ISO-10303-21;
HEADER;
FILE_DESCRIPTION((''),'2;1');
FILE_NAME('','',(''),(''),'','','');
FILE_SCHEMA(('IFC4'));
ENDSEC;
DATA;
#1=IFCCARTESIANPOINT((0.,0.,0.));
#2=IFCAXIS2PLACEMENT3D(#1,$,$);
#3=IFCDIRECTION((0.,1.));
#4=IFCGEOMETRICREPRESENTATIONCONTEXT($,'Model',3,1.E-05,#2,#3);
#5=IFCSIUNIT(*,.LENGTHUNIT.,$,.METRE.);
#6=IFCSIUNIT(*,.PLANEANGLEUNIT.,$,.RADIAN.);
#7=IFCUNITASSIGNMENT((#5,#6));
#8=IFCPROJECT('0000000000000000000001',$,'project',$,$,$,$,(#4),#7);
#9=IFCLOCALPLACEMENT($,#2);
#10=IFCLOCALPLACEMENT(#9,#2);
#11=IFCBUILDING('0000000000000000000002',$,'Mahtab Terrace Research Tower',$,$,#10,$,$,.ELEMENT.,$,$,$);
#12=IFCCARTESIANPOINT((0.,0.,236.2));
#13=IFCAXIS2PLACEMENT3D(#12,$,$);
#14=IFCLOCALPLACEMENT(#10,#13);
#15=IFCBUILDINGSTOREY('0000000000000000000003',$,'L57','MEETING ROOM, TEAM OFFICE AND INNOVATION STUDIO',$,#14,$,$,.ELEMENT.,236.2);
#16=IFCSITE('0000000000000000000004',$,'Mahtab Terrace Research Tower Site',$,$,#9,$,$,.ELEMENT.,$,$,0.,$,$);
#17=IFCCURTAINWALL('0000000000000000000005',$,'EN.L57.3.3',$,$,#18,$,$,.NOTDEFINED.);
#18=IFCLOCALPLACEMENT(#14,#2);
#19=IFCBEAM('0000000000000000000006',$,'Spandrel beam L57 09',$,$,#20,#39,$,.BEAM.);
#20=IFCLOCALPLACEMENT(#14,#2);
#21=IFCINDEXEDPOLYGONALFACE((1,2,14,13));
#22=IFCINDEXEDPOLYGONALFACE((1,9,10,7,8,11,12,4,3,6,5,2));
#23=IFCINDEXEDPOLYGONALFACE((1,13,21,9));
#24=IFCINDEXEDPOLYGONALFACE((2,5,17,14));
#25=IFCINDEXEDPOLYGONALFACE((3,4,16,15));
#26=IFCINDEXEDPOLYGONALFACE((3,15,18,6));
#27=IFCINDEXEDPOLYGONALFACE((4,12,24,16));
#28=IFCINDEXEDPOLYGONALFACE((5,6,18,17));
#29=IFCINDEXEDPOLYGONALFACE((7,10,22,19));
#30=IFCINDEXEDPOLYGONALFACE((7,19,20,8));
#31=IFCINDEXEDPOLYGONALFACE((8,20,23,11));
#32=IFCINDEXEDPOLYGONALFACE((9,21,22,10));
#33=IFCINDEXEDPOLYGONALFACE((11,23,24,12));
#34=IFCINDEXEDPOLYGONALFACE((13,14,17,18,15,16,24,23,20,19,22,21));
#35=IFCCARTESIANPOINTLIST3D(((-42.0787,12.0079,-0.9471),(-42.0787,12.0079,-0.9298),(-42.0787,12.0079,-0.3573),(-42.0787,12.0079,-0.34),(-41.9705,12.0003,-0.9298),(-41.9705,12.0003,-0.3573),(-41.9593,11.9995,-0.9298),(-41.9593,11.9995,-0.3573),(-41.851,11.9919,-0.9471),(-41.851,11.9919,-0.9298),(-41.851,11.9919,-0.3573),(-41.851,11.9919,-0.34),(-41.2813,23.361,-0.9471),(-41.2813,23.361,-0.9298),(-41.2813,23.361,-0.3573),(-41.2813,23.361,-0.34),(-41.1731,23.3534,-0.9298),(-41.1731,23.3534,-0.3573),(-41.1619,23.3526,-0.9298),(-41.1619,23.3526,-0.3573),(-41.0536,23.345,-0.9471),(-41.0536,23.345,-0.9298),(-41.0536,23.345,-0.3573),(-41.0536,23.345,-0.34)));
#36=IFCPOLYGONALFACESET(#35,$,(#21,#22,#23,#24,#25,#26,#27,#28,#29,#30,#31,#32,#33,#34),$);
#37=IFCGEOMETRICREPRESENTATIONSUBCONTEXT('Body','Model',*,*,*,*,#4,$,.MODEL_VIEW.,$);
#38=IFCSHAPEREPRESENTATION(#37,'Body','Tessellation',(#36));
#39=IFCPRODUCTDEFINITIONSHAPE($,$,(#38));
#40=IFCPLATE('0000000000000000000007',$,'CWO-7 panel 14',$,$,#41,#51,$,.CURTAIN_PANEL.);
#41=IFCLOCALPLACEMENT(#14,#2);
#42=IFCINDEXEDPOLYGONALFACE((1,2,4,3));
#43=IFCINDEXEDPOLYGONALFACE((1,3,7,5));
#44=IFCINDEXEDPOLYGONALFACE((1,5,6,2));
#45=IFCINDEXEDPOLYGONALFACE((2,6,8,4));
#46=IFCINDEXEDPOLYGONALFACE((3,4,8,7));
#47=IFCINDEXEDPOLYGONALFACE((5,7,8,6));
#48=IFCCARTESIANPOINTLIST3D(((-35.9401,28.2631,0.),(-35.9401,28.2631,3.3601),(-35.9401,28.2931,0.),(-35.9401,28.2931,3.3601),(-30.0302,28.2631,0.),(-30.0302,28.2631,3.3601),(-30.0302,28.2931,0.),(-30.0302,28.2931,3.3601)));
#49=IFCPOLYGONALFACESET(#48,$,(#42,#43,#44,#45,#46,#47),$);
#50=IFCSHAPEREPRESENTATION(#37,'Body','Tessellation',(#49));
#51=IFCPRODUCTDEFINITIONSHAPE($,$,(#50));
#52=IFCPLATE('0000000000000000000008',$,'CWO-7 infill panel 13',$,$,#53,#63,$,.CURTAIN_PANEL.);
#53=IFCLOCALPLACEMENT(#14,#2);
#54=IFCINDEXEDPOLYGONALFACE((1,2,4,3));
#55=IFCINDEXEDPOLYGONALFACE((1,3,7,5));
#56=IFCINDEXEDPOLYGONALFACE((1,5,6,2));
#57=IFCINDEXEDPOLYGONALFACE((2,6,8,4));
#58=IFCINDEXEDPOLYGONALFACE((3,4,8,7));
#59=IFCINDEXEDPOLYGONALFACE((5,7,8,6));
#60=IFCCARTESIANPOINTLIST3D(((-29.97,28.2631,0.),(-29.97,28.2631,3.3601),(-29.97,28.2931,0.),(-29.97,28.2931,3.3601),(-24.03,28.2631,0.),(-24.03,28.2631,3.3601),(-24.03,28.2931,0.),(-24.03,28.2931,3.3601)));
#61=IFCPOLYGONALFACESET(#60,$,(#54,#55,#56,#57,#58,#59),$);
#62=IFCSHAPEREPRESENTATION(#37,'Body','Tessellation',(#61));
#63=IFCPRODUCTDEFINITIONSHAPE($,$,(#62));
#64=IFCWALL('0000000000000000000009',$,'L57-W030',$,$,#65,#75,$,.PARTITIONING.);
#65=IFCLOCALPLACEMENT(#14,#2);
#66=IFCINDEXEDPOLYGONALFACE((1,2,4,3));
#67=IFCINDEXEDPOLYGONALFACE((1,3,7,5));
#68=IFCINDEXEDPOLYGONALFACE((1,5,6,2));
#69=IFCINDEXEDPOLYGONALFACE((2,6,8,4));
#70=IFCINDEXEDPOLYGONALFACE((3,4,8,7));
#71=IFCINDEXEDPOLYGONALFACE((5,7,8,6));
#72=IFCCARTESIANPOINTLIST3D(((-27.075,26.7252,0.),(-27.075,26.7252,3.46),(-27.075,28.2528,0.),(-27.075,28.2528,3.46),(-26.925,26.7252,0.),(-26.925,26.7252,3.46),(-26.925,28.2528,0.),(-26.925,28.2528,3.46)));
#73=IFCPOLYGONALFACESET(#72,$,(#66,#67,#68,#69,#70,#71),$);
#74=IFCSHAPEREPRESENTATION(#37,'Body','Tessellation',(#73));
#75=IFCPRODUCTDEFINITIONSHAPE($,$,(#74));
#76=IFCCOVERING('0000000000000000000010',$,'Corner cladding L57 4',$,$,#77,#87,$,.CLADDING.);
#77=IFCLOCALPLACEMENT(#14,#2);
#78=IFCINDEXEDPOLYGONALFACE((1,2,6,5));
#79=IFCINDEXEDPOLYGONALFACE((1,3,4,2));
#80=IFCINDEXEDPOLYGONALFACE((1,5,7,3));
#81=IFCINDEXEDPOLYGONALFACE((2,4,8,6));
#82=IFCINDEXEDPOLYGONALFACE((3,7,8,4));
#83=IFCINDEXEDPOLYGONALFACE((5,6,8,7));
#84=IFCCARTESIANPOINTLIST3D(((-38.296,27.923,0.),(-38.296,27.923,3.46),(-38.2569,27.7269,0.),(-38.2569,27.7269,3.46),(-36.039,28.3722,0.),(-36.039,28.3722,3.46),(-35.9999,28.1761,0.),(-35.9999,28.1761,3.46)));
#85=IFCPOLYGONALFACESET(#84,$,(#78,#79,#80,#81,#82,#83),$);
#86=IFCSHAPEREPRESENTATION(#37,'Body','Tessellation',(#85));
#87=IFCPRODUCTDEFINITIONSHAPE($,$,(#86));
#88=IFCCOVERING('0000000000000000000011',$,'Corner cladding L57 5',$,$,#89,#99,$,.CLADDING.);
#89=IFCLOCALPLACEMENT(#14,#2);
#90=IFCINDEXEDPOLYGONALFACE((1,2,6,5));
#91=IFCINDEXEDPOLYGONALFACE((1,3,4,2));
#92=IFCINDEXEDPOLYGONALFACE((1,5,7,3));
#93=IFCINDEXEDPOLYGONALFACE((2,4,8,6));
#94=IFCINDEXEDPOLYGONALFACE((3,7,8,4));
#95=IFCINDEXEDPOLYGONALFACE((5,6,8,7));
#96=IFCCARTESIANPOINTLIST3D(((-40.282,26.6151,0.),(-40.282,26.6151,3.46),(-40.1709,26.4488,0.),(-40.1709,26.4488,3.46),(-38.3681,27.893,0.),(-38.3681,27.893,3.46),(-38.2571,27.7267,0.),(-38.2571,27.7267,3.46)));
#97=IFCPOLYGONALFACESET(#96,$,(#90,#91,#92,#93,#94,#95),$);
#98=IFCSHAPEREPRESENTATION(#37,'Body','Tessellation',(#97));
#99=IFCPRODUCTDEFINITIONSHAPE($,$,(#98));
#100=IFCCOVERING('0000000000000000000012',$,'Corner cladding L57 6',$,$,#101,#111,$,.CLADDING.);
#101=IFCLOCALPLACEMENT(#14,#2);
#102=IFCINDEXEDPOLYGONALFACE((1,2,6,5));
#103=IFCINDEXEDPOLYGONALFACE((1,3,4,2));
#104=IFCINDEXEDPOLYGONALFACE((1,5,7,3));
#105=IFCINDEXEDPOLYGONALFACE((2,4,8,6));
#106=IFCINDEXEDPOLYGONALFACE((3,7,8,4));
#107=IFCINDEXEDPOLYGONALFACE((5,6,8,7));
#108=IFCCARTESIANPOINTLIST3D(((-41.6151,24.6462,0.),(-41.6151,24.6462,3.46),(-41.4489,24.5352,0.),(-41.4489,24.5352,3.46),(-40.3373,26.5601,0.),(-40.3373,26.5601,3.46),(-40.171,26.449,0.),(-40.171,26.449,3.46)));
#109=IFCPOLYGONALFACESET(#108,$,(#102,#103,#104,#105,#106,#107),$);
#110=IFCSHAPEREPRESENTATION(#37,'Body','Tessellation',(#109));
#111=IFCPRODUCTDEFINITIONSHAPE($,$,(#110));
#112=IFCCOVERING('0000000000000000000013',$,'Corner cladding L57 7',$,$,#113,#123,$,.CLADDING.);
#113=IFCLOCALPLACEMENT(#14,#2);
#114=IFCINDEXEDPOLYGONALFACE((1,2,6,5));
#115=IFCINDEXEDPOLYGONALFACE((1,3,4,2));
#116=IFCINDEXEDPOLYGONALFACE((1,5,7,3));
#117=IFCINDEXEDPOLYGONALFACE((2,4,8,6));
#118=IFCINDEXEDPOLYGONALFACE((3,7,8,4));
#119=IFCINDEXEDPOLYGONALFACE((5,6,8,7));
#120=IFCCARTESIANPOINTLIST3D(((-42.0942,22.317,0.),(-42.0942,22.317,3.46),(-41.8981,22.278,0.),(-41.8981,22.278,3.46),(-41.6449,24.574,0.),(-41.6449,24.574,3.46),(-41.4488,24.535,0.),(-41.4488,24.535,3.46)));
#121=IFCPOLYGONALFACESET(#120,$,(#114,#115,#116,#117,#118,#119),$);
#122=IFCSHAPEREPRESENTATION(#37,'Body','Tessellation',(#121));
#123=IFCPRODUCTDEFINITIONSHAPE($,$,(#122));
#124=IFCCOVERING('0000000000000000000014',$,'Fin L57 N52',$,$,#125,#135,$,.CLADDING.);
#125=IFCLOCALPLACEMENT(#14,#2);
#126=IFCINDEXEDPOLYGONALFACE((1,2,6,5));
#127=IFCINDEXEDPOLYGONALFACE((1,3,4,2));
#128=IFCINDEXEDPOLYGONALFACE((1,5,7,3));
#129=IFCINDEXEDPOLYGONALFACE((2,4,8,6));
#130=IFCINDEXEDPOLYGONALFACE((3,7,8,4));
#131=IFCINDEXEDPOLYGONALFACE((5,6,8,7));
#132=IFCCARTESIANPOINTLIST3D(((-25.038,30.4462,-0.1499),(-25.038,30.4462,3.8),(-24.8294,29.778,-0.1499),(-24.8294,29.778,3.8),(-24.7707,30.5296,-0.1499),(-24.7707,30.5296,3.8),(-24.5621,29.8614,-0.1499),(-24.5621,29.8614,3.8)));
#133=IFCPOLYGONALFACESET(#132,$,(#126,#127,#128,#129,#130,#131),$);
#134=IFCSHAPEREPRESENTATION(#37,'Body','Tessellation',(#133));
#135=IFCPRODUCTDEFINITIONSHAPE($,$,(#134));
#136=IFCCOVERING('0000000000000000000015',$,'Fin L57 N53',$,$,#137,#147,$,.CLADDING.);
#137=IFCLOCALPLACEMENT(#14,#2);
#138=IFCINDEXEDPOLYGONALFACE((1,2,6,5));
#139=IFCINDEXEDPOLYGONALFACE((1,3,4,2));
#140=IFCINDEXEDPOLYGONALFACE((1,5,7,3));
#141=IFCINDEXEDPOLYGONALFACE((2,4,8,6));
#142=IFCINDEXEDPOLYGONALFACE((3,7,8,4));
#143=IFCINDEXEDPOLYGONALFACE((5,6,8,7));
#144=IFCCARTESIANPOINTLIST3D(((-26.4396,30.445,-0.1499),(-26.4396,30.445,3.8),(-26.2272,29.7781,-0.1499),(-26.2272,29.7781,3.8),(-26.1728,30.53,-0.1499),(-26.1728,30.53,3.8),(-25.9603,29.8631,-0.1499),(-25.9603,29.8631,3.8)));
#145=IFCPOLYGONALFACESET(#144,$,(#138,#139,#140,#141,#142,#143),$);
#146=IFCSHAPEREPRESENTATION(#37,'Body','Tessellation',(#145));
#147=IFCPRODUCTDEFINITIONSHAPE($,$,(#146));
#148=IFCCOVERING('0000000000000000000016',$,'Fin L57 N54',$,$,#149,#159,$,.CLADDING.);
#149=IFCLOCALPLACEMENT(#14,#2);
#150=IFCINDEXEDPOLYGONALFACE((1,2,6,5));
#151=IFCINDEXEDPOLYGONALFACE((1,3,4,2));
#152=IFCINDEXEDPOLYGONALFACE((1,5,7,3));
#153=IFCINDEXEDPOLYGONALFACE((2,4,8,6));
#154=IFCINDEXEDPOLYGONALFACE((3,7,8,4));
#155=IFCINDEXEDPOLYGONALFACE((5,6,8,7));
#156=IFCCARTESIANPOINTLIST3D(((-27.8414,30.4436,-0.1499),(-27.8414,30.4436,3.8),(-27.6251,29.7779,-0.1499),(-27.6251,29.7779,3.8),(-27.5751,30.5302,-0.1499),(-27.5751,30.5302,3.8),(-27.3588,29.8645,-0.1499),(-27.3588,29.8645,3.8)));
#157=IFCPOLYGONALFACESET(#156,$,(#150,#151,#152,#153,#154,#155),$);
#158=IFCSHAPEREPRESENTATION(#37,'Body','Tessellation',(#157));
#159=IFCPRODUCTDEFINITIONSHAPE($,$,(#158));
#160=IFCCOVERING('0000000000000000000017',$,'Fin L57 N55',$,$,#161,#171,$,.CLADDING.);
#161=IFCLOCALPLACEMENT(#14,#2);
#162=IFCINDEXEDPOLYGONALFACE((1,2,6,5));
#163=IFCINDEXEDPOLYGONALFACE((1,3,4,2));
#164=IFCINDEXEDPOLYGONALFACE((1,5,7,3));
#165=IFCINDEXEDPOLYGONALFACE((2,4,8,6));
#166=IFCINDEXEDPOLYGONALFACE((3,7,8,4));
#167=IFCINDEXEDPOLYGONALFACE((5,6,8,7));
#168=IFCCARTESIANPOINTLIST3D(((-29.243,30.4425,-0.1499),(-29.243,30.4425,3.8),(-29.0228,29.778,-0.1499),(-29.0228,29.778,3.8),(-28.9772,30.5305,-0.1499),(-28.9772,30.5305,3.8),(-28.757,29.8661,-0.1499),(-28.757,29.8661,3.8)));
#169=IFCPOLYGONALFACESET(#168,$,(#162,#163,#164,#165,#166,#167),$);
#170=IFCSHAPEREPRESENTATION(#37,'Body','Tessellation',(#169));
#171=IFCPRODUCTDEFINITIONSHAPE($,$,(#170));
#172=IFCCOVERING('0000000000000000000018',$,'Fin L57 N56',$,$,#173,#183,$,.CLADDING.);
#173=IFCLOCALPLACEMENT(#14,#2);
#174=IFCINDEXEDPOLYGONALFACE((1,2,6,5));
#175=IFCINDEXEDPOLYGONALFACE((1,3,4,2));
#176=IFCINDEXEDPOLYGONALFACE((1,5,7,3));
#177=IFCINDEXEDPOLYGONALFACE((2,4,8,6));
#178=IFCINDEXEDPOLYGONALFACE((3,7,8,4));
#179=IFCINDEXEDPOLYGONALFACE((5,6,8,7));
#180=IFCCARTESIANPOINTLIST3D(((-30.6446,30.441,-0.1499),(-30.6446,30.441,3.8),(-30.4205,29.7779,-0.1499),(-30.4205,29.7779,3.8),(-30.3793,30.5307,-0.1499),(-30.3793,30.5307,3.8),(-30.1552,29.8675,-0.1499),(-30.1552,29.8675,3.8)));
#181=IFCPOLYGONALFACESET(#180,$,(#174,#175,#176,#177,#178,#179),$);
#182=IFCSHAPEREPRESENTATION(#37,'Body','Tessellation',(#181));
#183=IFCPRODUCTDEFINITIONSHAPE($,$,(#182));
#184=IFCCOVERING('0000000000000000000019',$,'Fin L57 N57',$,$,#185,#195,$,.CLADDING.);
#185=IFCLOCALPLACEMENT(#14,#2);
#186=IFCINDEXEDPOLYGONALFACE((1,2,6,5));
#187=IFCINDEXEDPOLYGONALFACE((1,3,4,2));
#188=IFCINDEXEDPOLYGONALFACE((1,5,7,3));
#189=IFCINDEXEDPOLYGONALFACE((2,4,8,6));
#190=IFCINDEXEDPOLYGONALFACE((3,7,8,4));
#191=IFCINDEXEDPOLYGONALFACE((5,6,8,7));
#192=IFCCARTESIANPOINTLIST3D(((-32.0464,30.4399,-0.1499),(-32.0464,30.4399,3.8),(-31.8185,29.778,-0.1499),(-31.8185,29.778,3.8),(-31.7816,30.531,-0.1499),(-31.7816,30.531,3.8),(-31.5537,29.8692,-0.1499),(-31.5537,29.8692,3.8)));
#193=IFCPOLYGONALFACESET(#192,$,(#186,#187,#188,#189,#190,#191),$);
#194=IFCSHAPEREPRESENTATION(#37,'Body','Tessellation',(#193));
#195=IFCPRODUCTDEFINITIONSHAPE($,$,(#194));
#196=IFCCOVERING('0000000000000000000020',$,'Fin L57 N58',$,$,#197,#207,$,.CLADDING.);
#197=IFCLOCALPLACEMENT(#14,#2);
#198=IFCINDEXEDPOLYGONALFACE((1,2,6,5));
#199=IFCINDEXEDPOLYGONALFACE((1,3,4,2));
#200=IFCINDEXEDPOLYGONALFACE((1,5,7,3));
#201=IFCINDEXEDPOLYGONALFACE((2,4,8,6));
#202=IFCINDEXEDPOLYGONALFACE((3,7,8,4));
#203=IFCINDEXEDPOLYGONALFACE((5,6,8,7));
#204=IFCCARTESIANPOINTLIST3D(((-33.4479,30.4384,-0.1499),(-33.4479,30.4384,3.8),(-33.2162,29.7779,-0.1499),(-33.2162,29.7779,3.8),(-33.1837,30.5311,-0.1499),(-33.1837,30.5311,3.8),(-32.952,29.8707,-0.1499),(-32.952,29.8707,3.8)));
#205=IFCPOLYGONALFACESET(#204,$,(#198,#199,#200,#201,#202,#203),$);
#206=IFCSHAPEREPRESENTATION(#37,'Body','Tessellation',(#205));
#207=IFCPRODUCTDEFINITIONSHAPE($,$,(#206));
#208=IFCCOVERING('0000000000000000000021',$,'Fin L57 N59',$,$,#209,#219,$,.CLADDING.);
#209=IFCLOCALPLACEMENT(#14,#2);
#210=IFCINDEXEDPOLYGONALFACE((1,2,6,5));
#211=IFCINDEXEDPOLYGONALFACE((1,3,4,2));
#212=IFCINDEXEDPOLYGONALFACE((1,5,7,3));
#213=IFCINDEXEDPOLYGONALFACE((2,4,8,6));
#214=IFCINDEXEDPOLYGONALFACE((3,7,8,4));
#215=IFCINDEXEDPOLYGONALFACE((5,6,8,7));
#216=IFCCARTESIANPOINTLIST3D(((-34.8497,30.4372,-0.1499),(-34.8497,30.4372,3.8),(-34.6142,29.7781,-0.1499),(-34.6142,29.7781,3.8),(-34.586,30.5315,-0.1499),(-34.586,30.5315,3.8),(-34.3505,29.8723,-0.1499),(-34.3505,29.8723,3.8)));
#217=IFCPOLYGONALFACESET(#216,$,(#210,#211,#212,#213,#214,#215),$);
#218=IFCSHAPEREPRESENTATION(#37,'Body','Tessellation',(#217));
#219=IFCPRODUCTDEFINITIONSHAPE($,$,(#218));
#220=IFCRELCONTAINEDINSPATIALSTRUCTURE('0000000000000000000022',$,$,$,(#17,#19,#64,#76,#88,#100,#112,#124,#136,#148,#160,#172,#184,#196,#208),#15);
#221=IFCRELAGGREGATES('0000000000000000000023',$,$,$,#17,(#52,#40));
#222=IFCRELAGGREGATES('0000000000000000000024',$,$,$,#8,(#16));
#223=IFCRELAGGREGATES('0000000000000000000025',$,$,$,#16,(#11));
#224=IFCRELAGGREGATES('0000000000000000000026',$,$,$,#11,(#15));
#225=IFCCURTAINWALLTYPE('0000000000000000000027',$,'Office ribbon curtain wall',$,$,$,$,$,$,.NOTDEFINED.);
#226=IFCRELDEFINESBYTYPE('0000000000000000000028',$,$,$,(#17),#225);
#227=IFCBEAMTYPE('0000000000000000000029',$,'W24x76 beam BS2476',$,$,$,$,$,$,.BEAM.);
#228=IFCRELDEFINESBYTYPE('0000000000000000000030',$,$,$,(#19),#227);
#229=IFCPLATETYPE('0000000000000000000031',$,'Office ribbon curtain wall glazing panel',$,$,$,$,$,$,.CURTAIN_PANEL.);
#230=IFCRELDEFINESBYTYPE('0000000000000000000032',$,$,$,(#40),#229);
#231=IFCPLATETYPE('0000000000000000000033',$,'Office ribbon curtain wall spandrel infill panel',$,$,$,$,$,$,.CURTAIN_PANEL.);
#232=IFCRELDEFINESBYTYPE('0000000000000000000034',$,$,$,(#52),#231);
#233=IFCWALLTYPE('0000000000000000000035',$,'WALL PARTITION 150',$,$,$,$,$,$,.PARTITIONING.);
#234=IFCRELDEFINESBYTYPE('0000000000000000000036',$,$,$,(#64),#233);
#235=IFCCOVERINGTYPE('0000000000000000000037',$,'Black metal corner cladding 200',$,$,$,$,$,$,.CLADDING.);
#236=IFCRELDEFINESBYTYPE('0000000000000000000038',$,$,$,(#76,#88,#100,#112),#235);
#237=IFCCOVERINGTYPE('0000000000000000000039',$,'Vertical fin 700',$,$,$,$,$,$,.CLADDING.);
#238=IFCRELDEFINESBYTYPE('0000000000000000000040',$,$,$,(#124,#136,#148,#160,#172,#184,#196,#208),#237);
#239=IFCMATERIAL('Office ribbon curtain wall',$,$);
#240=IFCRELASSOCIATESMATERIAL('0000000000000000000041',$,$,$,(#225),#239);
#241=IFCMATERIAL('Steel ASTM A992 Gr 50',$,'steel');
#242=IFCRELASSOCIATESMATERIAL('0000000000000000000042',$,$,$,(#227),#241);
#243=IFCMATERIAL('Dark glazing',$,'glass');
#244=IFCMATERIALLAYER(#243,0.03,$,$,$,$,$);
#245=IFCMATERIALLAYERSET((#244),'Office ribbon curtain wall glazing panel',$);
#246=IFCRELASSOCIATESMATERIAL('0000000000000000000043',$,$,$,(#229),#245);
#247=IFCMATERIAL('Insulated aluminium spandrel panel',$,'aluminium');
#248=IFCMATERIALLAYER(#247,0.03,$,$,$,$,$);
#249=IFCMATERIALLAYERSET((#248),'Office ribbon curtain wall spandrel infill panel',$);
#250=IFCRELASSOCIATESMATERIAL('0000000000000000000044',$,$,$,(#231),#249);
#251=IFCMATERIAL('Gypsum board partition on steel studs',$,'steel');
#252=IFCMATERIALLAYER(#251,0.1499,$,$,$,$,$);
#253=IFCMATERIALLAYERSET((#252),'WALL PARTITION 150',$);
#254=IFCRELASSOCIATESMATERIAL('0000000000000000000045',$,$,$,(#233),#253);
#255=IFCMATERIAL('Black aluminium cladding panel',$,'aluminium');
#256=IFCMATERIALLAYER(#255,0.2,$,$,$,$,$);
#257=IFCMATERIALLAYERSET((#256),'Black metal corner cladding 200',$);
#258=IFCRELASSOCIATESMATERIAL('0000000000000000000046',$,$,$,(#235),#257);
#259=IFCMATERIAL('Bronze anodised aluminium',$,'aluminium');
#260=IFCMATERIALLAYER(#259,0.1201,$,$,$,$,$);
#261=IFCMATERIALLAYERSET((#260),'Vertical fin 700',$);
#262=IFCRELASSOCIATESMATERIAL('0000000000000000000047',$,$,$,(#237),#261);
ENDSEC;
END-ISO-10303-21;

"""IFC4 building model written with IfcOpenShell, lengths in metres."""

from ifc_helpers import new_model, si_unit, direction, frame, frame_2d, origin, origin_2d, place, context, subcontext, project, spatial, rectangle, i_section, extrude, material, layer, layer_set, material_profile, profile_set, type_object, element, aggregate, save


model = new_model("IFC4")

# Units and contexts
model_context = context("Model", 3, precision=1e-05, world=origin(), true_north=direction((0.0, 1.0)))
body_context = subcontext(model_context, "Body", "Model", "MODEL_VIEW")
ifc_project = project(units=[si_unit("LENGTHUNIT", "METRE"), si_unit("PLANEANGLEUNIT", "RADIAN")], contexts=[model_context])

# Site, building, storey
site_placement = place(None, origin())
site = spatial("IfcSite", under=ifc_project, at=site_placement, Name="Mahtab Terrace Research Tower Site", CompositionType="ELEMENT", RefElevation=0.0)
building_placement = place(site_placement, origin())
building = spatial("IfcBuilding", under=site, at=building_placement, Name="Mahtab Terrace Research Tower", CompositionType="ELEMENT")
storey_placement = place(building_placement, frame((0.0, 0.0, 236.2)))
storey = spatial("IfcBuildingStorey", under=building, at=storey_placement, Name="L57", Description="MEETING ROOM, TEAM OFFICE AND INNOVATION STUDIO", CompositionType="ELEMENT", Elevation=236.2)

# Shared definitions
ifc_material_1 = material(Name="Steel ASTM A992 Gr 50", Category="steel")

# Curtain wall
ifc_material_2 = material(Name="Office ribbon curtain wall")
curtain_wall_type = type_object("IfcCurtainWallType", Name="Office ribbon curtain wall", PredefinedType="NOTDEFINED", material=ifc_material_2)
curtain_wall_1_placement = place(storey_placement, origin())
curtain_wall_1 = element("IfcCurtainWall", 1, at=curtain_wall_1_placement, inside=storey, type_object=curtain_wall_type, Name="EN.L57.3.3", PredefinedType="NOTDEFINED")

# Beam
ifc_material_profile_1 = material_profile(ifc_material_1, i_section(OverallWidth=0.2283, OverallDepth=0.6072, WebThickness=0.0112, FlangeThickness=0.0173, at=origin_2d()), Name="W24X76")
ifc_profile_set_1 = profile_set([ifc_material_profile_1], Name="Steel ASTM A992 Gr 50")
beam_type = type_object("IfcBeamType", Name="W24x76 beam BS2476", PredefinedType="BEAM", material=ifc_profile_set_1)
beam_1_placement = place(storey_placement, frame((-41.1675, 23.353, -0.6436), z_axis=(-0.070061, -0.997543, 0.0), x_axis=(0.997543, -0.070061, 0.0)))
element("IfcBeam", 2, at=beam_1_placement, inside=storey, type_object=beam_type, Name="Spandrel beam L57 09", PredefinedType="BEAM", context=body_context, shape_type="SweptSolid", body=[
    extrude(i_section(OverallWidth=0.2283, OverallDepth=0.6072, WebThickness=0.0112, FlangeThickness=0.0173, at=origin_2d()), origin(), (0.0, 0.0, 1.0), 11.3811),
])

# Plates
ifc_material_3 = material(Name="Dark glazing", Category="glass")
ifc_layer_1 = layer(ifc_material_3, 0.03)
ifc_layer_set_1 = layer_set([ifc_layer_1], Name="Office ribbon curtain wall glazing panel")
plate_type_1 = type_object("IfcPlateType", Name="Office ribbon curtain wall glazing panel", PredefinedType="CURTAIN_PANEL", material=ifc_layer_set_1)
plate_1_placement = place(storey_placement, frame((-32.9851, 28.2781, 0.0), z_axis=(0.0, 0.0, 1.0), x_axis=(-1.0, 0.0, 0.0)))
plate_1 = element("IfcPlate", 3, at=plate_1_placement, type_object=plate_type_1, Name="CWO-7 panel 14", PredefinedType="CURTAIN_PANEL", context=body_context, shape_type="SweptSolid", body=[
    extrude(rectangle(XDim=5.9099, YDim=0.03, at=origin_2d()), origin(), (0.0, 0.0, 1.0), 3.3601),
])
ifc_material_4 = material(Name="Insulated aluminium spandrel panel", Category="aluminium")
ifc_layer_2 = layer(ifc_material_4, 0.03)
ifc_layer_set_2 = layer_set([ifc_layer_2], Name="Office ribbon curtain wall spandrel infill panel")
plate_type_2 = type_object("IfcPlateType", Name="Office ribbon curtain wall spandrel infill panel", PredefinedType="CURTAIN_PANEL", material=ifc_layer_set_2)
plate_2_placement = place(storey_placement, frame((-27.0, 28.2781, 0.0), z_axis=(0.0, 0.0, 1.0), x_axis=(-1.0, 0.0, 0.0)))
plate_2 = element("IfcPlate", 4, at=plate_2_placement, type_object=plate_type_2, Name="CWO-7 infill panel 13", PredefinedType="CURTAIN_PANEL", context=body_context, shape_type="SweptSolid", body=[
    extrude(rectangle(XDim=5.9399, YDim=0.03, at=origin_2d()), origin(), (0.0, 0.0, 1.0), 3.3601),
])
aggregate(curtain_wall_1, [plate_2, plate_1])

# Wall
ifc_material_5 = material(Name="Gypsum board partition on steel studs", Category="steel")
ifc_layer_3 = layer(ifc_material_5, 0.1499)
ifc_layer_set_3 = layer_set([ifc_layer_3], Name="WALL PARTITION 150")
wall_type = type_object("IfcWallType", Name="WALL PARTITION 150", PredefinedType="PARTITIONING", material=ifc_layer_set_3)
wall_placement = place(storey_placement, frame((-27.0, 26.7253, 0.0), z_axis=(0.0, 0.0, 1.0), x_axis=(0.0, 1.0, 0.0)))
element("IfcWall", 5, at=wall_placement, inside=storey, type_object=wall_type, Name="L57-W030", PredefinedType="PARTITIONING", context=body_context, shape_type="SweptSolid", body=[
    extrude(rectangle(XDim=1.5276, YDim=0.1499, at=frame_2d((0.7637, 0.0))), origin(), (0.0, 0.0, 1.0), 3.46),
])

# Coverings
ifc_material_6 = material(Name="Black aluminium cladding panel", Category="aluminium")
ifc_layer_4 = layer(ifc_material_6, 0.2)
ifc_layer_set_4 = layer_set([ifc_layer_4], Name="Black metal corner cladding 200")
covering_type_1 = type_object("IfcCoveringType", Name="Black metal corner cladding 200", PredefinedType="CLADDING", material=ifc_layer_set_4)
for number, where, z_axis, x_axis, name in (
    (6, (-37.1479, 28.0496, 0.0), (0.0, 0.0, 1.0), (-0.980761, -0.195212, 0.0), "Corner cladding L57 4"),
    (7, (-39.2695, 27.1709, 0.0), (0.0, 0.0, 1.0), (-0.831656, -0.555291, 0.0), "Corner cladding L57 5"),
    (8, (-40.8931, 25.5476, 0.0), (0.0, 0.0, 1.0), (-0.555291, -0.831656, 0.0), "Corner cladding L57 6"),
    (9, (-41.7715, 23.426, 0.0), (0.0, 0.0, 1.0), (-0.195212, -0.980761, 0.0), "Corner cladding L57 7"),
):
    element("IfcCovering", number, at=place(storey_placement, frame(where, z_axis=z_axis, x_axis=x_axis)), inside=storey, type_object=covering_type_1, Name=name, PredefinedType="CLADDING", context=body_context, shape_type="SweptSolid", body=[
        extrude(rectangle(XDim=2.3013, YDim=0.2, at=origin_2d()), origin(), (0.0, 0.0, 1.0), 3.46),
    ])
ifc_material_7 = material(Name="Bronze anodised aluminium", Category="aluminium")
ifc_layer_5 = layer(ifc_material_7, 0.1201)
ifc_layer_set_5 = layer_set([ifc_layer_5], Name="Vertical fin 700")
covering_type_2 = type_object("IfcCoveringType", Name="Vertical fin 700", PredefinedType="CLADDING", material=ifc_layer_set_5)
for number, where, z_axis, x_axis, name in (
    (10, (-24.8, 30.1538, -0.1499), (0.0, 0.0, 1.0), (-0.954588, -0.29793, 0.0), "Fin L57 N52"),
    (11, (-26.2, 30.1541, -0.1499), (0.0, 0.0, 1.0), (-0.952838, -0.303479, 0.0), "Fin L57 N53"),
    (12, (-27.6001, 30.1541, -0.1499), (0.0, 0.0, 1.0), (-0.951057, -0.309017, 0.0), "Fin L57 N54"),
    (13, (-29.0, 30.1543, -0.1499), (0.0, 0.0, 1.0), (-0.949243, -0.314545, 0.0), "Fin L57 N55"),
    (14, (-30.3999, 30.1543, -0.1499), (0.0, 0.0, 1.0), (-0.947397, -0.320062, 0.0), "Fin L57 N56"),
    (15, (-31.8, 30.1545, -0.1499), (0.0, 0.0, 1.0), (-0.945519, -0.325568, 0.0), "Fin L57 N57"),
    (16, (-33.2, 30.1545, -0.1499), (0.0, 0.0, 1.0), (-0.943609, -0.331063, 0.0), "Fin L57 N58"),
    (17, (-34.6001, 30.1548, -0.1499), (0.0, 0.0, 1.0), (-0.941666, -0.336547, 0.0), "Fin L57 N59"),
):
    element("IfcCovering", number, at=place(storey_placement, frame(where, z_axis=z_axis, x_axis=x_axis)), inside=storey, type_object=covering_type_2, Name=name, PredefinedType="CLADDING", context=body_context, shape_type="SweptSolid", body=[
        extrude(rectangle(XDim=0.28, YDim=0.7, at=origin_2d()), origin(), (0.0, 0.0, 1.0), 3.95),
    ])

save(model, "model.ifc")
